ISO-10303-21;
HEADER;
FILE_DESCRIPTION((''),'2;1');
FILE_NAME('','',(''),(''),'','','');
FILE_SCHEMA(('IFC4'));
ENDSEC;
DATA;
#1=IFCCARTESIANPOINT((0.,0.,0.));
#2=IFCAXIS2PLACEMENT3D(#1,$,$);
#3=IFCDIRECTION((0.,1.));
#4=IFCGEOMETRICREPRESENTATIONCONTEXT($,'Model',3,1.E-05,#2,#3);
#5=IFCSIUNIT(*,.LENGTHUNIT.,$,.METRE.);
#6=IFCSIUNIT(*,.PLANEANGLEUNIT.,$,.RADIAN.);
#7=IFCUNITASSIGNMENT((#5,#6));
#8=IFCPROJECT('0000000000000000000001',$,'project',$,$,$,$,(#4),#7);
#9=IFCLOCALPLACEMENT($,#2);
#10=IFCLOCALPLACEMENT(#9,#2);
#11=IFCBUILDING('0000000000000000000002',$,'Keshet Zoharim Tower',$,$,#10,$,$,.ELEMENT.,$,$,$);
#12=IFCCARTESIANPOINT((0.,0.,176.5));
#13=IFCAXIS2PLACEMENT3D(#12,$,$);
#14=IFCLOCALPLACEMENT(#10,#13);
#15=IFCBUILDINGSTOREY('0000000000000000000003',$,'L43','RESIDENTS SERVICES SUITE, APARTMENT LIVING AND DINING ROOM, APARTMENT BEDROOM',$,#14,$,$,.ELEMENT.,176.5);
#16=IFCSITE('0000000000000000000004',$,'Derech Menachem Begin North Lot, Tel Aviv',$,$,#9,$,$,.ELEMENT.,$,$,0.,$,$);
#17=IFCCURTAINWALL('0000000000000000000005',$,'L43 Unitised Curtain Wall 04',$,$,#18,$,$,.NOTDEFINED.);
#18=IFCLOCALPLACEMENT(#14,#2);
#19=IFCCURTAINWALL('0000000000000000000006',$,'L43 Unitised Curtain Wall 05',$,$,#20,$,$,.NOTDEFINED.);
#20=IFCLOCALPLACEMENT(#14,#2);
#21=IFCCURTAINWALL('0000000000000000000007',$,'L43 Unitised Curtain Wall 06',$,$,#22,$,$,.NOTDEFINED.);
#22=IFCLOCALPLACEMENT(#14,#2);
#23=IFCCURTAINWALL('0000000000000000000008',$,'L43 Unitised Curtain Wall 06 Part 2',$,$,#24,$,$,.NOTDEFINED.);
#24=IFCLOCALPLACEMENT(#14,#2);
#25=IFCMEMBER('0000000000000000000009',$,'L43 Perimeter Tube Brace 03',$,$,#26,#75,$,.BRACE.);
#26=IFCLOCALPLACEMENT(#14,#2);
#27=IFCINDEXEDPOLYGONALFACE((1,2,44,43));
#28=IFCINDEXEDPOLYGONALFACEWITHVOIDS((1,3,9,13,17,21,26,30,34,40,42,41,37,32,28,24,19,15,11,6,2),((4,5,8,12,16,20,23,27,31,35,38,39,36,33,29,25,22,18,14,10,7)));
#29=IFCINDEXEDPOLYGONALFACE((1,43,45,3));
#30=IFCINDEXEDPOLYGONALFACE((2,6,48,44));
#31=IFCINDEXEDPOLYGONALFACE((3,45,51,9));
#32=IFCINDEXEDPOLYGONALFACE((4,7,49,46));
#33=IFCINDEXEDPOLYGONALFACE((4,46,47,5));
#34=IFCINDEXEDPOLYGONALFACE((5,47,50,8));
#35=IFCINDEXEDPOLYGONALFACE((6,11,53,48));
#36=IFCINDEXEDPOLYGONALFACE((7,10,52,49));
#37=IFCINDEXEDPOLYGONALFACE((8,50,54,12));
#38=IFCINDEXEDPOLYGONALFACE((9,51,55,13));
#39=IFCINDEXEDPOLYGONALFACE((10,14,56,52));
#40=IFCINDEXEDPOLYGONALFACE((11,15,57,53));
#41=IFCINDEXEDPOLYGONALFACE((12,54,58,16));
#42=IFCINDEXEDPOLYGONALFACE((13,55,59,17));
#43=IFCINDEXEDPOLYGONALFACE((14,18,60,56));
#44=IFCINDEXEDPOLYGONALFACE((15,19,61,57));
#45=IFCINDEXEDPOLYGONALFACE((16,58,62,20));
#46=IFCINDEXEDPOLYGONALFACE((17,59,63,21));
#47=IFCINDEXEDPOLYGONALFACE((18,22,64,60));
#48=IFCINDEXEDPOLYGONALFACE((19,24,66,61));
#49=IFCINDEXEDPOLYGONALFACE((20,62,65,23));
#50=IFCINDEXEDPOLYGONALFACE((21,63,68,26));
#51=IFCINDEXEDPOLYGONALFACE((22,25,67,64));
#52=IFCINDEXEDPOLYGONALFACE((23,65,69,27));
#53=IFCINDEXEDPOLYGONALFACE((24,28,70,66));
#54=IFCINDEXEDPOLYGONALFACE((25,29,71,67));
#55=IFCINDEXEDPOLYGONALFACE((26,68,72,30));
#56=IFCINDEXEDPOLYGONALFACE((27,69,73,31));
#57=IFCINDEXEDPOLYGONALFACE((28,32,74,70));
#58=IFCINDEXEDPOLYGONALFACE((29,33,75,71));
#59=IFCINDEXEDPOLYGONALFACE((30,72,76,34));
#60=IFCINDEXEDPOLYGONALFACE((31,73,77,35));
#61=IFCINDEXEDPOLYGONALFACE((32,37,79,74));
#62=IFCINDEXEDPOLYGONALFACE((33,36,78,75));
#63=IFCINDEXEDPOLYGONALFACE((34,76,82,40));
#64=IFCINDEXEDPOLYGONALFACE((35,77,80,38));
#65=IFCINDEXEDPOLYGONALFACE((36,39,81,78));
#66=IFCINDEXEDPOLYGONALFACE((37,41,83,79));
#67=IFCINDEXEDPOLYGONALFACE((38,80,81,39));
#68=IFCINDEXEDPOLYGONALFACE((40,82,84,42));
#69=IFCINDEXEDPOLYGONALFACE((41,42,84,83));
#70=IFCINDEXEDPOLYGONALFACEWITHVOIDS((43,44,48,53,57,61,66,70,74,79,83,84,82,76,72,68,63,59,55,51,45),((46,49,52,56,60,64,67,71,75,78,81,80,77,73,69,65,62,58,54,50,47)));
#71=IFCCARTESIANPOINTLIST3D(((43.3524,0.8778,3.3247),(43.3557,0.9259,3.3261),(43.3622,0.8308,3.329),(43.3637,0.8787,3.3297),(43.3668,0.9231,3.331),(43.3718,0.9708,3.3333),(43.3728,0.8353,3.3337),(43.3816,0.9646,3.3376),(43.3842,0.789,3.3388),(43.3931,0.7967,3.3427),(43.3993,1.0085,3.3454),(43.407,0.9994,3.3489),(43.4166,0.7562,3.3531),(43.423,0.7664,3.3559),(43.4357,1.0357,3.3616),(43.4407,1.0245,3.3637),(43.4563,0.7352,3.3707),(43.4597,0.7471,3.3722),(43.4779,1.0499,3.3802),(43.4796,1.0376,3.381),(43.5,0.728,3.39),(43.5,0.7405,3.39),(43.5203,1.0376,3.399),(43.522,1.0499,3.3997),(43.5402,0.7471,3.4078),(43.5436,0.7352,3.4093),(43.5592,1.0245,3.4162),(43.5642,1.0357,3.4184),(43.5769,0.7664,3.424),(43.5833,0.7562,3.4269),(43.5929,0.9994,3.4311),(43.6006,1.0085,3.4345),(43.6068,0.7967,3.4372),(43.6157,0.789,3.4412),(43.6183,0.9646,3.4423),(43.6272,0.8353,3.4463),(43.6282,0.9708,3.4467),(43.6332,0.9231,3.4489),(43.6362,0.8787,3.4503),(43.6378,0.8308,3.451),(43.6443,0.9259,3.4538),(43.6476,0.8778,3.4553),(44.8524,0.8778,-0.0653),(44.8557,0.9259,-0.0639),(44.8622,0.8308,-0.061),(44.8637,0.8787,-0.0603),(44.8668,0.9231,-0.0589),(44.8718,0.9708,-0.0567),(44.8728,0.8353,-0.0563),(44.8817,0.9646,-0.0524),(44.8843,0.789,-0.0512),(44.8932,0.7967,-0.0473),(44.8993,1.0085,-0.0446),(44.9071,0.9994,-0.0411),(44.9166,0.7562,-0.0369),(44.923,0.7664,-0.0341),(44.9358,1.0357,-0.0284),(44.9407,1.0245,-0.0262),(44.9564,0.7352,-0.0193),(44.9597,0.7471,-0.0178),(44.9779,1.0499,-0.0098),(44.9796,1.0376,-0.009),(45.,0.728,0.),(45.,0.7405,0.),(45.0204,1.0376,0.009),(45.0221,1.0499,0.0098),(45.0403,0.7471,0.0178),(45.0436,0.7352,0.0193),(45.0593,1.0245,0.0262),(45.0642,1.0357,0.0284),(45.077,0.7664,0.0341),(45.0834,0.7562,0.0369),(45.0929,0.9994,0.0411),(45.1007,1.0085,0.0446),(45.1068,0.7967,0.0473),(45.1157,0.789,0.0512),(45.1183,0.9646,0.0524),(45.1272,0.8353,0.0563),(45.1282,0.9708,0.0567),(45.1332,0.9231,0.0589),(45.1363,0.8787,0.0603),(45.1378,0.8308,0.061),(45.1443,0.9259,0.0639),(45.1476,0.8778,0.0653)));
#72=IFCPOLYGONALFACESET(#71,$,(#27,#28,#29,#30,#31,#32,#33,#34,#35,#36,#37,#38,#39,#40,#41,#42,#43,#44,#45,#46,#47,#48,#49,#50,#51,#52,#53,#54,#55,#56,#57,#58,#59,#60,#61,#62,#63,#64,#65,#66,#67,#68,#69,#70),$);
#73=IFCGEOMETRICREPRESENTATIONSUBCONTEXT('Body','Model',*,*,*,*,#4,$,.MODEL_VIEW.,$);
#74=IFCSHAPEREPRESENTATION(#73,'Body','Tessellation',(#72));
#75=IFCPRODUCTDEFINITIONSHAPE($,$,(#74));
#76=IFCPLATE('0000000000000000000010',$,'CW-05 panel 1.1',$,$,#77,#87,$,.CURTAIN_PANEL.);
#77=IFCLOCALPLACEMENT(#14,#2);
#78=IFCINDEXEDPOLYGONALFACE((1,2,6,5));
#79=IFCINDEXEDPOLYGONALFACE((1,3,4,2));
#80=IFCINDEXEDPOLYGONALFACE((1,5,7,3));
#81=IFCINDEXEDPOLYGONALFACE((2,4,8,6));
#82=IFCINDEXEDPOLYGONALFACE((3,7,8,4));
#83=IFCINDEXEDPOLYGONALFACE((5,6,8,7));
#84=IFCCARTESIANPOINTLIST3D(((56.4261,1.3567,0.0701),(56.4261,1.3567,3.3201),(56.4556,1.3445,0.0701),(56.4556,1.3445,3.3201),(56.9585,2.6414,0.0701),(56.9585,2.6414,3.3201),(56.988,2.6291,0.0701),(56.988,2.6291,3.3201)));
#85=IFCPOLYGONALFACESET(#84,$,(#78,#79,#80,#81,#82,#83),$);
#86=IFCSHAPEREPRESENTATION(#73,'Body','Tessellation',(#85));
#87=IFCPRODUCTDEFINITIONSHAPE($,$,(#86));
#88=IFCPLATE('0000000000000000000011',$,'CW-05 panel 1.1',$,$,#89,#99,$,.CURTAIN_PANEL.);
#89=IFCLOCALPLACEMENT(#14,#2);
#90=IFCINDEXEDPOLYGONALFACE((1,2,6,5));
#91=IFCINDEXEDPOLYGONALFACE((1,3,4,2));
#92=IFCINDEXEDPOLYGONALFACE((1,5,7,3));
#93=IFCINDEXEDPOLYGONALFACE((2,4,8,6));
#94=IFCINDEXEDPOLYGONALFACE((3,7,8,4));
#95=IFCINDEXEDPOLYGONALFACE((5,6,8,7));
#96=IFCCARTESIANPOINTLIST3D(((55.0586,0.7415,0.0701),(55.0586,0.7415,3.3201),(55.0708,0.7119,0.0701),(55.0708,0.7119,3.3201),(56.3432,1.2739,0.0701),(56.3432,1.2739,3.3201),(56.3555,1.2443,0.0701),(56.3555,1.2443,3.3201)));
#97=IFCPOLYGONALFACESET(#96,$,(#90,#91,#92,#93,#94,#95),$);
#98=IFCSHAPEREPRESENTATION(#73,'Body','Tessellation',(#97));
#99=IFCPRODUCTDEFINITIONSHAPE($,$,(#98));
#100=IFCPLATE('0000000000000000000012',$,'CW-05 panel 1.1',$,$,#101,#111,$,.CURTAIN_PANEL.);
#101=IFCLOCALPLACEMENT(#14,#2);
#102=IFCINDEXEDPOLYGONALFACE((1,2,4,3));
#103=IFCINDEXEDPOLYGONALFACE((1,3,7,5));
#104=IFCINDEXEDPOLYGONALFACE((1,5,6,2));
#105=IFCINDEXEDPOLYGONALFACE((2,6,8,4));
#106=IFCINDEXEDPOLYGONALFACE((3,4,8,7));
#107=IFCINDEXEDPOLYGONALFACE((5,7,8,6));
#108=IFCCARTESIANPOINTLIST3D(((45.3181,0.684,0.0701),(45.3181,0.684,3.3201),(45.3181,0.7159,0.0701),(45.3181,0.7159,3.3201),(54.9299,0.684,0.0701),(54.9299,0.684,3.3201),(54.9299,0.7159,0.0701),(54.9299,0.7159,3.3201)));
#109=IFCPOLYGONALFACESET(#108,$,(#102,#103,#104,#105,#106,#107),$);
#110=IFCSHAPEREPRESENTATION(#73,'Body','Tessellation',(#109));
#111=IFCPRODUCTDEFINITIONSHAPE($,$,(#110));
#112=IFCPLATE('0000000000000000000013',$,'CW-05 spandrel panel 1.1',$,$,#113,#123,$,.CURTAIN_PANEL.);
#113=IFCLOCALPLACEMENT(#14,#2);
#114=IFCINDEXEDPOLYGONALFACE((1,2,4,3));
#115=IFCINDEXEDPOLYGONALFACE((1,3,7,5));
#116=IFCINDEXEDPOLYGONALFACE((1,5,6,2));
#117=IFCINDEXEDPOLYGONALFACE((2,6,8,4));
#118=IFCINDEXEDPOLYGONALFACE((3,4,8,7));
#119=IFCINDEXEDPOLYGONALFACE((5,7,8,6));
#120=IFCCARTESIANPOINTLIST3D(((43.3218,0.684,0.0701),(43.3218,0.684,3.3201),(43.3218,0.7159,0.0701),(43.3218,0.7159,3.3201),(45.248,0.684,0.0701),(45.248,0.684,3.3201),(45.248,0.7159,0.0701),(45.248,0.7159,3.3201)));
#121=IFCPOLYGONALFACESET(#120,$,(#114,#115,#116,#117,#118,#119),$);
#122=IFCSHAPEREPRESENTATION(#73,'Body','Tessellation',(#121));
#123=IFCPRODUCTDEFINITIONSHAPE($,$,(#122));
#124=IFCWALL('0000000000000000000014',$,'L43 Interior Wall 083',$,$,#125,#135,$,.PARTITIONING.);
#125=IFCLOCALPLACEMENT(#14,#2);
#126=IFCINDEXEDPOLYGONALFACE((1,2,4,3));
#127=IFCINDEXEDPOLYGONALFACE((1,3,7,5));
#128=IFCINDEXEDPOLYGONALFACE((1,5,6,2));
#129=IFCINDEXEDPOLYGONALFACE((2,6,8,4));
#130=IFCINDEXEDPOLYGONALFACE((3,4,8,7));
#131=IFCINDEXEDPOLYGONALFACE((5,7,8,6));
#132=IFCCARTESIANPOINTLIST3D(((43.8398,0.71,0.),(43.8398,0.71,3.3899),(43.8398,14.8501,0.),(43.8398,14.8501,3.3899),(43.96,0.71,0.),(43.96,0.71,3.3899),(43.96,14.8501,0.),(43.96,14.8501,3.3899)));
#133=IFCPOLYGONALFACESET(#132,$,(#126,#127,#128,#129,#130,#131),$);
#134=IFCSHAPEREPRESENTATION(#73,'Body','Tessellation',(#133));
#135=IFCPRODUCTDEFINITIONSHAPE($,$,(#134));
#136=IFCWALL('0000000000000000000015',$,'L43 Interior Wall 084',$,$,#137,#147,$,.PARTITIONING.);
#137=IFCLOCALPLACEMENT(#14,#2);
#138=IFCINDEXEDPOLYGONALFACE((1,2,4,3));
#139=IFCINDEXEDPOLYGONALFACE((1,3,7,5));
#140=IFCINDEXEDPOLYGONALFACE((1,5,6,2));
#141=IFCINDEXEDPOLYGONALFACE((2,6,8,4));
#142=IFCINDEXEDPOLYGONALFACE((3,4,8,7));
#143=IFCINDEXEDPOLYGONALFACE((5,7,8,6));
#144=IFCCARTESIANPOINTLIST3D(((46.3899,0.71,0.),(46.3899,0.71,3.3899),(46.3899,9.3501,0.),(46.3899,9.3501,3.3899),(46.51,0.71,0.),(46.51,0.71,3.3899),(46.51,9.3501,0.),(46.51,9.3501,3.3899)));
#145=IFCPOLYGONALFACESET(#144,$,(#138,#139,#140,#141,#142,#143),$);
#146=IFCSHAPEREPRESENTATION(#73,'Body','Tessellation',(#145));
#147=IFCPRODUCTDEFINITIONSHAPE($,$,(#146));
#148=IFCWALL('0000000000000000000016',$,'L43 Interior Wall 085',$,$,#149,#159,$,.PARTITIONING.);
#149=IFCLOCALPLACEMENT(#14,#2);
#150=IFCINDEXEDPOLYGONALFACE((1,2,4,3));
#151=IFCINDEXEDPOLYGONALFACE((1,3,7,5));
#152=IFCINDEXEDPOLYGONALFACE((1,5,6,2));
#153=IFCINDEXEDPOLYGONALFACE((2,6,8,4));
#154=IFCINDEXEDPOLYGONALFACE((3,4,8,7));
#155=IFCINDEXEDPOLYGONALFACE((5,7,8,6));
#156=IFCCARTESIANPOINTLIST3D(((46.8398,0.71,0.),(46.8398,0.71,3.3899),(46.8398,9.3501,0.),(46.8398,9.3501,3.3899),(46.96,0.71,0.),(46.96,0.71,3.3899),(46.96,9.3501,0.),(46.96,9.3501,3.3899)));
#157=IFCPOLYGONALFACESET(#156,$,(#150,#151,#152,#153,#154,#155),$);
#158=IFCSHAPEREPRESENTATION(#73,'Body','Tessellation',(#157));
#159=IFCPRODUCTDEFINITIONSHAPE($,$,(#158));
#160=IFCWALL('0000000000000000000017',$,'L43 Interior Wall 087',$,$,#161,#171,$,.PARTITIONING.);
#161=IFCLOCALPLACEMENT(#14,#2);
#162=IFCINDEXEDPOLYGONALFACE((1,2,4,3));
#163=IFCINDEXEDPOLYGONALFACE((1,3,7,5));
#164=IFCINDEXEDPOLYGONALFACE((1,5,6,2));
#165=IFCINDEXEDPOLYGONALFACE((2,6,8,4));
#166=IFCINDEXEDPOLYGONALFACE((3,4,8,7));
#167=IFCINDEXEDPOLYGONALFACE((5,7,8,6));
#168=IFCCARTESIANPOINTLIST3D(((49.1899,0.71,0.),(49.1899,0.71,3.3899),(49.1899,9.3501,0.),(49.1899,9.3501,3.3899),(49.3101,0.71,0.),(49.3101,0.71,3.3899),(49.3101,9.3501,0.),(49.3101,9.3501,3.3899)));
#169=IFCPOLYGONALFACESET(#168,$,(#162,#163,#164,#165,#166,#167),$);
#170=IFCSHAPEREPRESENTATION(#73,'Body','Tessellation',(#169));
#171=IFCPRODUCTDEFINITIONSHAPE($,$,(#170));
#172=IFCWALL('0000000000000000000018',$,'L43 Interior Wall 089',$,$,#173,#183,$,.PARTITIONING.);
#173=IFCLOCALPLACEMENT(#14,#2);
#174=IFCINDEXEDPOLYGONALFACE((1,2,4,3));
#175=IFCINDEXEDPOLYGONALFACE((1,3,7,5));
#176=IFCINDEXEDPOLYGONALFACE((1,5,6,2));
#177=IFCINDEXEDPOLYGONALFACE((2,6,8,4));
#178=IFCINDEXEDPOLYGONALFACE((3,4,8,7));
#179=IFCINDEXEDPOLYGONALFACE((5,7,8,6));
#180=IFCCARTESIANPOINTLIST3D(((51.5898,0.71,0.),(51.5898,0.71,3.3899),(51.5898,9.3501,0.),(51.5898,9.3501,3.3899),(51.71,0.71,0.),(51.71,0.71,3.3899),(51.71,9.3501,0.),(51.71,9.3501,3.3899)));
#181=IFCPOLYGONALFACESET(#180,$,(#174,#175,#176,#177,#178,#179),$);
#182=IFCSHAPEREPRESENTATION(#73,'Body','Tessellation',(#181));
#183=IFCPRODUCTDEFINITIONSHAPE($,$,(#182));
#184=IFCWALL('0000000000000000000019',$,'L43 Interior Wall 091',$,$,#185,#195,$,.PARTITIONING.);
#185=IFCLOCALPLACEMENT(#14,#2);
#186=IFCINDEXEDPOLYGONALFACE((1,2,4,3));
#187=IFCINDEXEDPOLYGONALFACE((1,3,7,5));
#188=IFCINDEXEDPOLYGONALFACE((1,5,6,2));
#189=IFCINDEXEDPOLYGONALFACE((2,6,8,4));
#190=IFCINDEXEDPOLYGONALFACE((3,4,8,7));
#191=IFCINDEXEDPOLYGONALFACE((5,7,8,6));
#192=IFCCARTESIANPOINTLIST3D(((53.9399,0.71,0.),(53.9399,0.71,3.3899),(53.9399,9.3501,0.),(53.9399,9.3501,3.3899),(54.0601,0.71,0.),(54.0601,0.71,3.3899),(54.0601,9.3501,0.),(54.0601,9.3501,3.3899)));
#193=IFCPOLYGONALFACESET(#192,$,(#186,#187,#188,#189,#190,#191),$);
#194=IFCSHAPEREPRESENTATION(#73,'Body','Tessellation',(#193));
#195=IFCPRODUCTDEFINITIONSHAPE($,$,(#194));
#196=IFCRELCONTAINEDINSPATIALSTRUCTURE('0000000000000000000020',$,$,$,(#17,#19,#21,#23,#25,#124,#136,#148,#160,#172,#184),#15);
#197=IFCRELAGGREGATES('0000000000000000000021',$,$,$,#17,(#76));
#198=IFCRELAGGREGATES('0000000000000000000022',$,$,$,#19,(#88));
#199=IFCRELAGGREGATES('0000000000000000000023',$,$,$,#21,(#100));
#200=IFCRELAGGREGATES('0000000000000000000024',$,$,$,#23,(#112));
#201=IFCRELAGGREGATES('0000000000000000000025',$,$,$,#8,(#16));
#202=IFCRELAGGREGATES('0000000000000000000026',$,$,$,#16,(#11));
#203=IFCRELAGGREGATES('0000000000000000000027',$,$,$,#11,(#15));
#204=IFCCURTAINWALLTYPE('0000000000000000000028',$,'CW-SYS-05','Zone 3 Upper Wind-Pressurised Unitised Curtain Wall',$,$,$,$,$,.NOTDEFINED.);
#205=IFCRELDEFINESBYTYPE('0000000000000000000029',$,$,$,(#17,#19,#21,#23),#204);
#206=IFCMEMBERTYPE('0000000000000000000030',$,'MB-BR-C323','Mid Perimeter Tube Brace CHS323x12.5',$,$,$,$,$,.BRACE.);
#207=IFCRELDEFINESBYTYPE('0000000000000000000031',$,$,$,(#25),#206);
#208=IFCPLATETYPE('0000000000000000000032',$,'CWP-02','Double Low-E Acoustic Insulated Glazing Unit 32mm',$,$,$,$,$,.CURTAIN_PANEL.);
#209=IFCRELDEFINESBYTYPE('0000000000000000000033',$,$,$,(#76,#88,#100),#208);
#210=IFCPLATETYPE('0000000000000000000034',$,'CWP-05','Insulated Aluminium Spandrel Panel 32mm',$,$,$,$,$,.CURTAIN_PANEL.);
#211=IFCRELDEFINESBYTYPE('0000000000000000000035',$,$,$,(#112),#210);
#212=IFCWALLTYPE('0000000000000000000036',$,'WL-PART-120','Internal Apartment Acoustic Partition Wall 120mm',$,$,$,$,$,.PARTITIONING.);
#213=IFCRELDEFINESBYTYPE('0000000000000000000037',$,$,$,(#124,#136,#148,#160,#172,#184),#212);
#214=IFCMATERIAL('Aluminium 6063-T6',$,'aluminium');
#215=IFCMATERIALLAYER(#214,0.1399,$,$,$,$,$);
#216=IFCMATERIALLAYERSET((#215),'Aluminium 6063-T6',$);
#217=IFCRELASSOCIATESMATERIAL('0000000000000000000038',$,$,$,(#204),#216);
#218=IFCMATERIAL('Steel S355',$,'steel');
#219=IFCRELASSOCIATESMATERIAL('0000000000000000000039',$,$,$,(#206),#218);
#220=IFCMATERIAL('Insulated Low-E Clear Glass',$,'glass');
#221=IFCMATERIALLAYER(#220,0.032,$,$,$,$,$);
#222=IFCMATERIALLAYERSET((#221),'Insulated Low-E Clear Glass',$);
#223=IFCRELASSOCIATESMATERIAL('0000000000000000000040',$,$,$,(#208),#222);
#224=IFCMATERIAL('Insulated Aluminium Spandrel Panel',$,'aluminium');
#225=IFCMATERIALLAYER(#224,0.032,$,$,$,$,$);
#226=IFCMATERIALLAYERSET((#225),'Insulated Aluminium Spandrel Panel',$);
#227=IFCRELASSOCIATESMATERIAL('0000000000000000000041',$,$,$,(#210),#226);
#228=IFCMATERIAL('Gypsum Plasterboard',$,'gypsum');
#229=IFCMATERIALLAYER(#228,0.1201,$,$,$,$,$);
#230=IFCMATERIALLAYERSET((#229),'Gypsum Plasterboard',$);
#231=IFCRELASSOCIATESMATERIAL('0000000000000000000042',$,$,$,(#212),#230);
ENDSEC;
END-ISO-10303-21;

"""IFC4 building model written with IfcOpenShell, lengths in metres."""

from ifc_helpers import new_model, si_unit, direction, frame, frame_2d, origin, origin_2d, place, context, subcontext, project, spatial, rectangle, hollow_circle, extrude, material, layer, layer_set, material_profile, profile_set, type_object, element, aggregate, save


model = new_model("IFC4")

# Units and contexts
model_context = context("Model", 3, precision=1e-05, world=origin(), true_north=direction((0.0, 1.0)))
body_context = subcontext(model_context, "Body", "Model", "MODEL_VIEW")
ifc_project = project(units=[si_unit("LENGTHUNIT", "METRE"), si_unit("PLANEANGLEUNIT", "RADIAN")], contexts=[model_context])

# Site, building, storey
site_placement = place(None, origin())
site = spatial("IfcSite", under=ifc_project, at=site_placement, Name="Derech Menachem Begin North Lot, Tel Aviv", CompositionType="ELEMENT", RefElevation=0.0)
building_placement = place(site_placement, origin())
building = spatial("IfcBuilding", under=site, at=building_placement, Name="Keshet Zoharim Tower", CompositionType="ELEMENT")
storey_placement = place(building_placement, frame((0.0, 0.0, 176.5)))
storey = spatial("IfcBuildingStorey", under=building, at=storey_placement, Name="L43", Description="RESIDENTS SERVICES SUITE, APARTMENT LIVING AND DINING ROOM, APARTMENT BEDROOM", CompositionType="ELEMENT", Elevation=176.5)

# Shared definitions
ifc_material_1 = material(Name="Steel S355", Category="steel")

# Curtain wall
ifc_material_2 = material(Name="Aluminium 6063-T6", Category="aluminium")
ifc_layer_1 = layer(ifc_material_2, 0.1399)
ifc_layer_set_1 = layer_set([ifc_layer_1], Name="Aluminium 6063-T6")
curtain_wall_type = type_object("IfcCurtainWallType", Name="CW-SYS-05", Description="Zone 3 Upper Wind-Pressurised Unitised Curtain Wall", PredefinedType="NOTDEFINED", material=ifc_layer_set_1)
curtain_wall_1_placement = place(storey_placement, origin())
curtain_wall_1 = element("IfcCurtainWall", 1, at=curtain_wall_1_placement, inside=storey, type_object=curtain_wall_type, Name="L43 Unitised Curtain Wall 04", PredefinedType="NOTDEFINED")

# Curtain walls
curtain_wall_2_placement = place(storey_placement, origin())
curtain_wall_2 = element("IfcCurtainWall", 2, at=curtain_wall_2_placement, inside=storey, type_object=curtain_wall_type, Name="L43 Unitised Curtain Wall 05", PredefinedType="NOTDEFINED")
curtain_wall_3_placement = place(storey_placement, origin())
curtain_wall_3 = element("IfcCurtainWall", 3, at=curtain_wall_3_placement, inside=storey, type_object=curtain_wall_type, Name="L43 Unitised Curtain Wall 06", PredefinedType="NOTDEFINED")

# Curtain wall
curtain_wall_4_placement = place(storey_placement, origin())
curtain_wall_4 = element("IfcCurtainWall", 4, at=curtain_wall_4_placement, inside=storey, type_object=curtain_wall_type, Name="L43 Unitised Curtain Wall 06 Part 2", PredefinedType="NOTDEFINED")

# Member
ifc_material_profile_1 = material_profile(ifc_material_1, hollow_circle(Radius=0.1619, WallThickness=0.0125, at=origin_2d()), Name="CHS323x12.5")
ifc_profile_set_1 = profile_set([ifc_material_profile_1], Name="Steel S355")
member_type_1 = type_object("IfcMemberType", Name="MB-BR-C323", Description="Mid Perimeter Tube Brace CHS323x12.5", PredefinedType="BRACE", material=ifc_profile_set_1)
member_1_placement = place(storey_placement, frame((45.0, 0.8899, 0.0), z_axis=(-0.404647, 0.0, 0.914473), x_axis=(0.0, -1.0, 0.0)))
element("IfcMember", 5, at=member_1_placement, inside=storey, type_object=member_type_1, Name="L43 Perimeter Tube Brace 03", PredefinedType="BRACE", context=body_context, shape_type="SweptSolid", body=[
    extrude(hollow_circle(Radius=0.1619, WallThickness=0.0125, at=origin_2d()), origin(), (0.0, 0.0, 1.0), 3.707),
])

# Plates
ifc_material_3 = material(Name="Insulated Low-E Clear Glass", Category="glass")
ifc_layer_2 = layer(ifc_material_3, 0.032)
ifc_layer_set_2 = layer_set([ifc_layer_2], Name="Insulated Low-E Clear Glass")
plate_type_1 = type_object("IfcPlateType", Name="CWP-02", Description="Double Low-E Acoustic Insulated Glazing Unit 32mm", PredefinedType="CURTAIN_PANEL", material=ifc_layer_set_2)
plate_1_placement = place(storey_placement, frame((56.707, 1.9929, 0.0701), z_axis=(0.0, 0.0, 1.0), x_axis=(-0.382852, -0.92381, 0.0)))
plate_1 = element("IfcPlate", 6, at=plate_1_placement, type_object=plate_type_1, Name="CW-05 panel 1.1", PredefinedType="CURTAIN_PANEL", context=body_context, shape_type="SweptSolid", body=[
    extrude(rectangle(XDim=1.3906, YDim=0.032, at=origin_2d()), origin(), (0.0, 0.0, 1.0), 3.25),
])
aggregate(curtain_wall_1, [plate_1])
plate_2_placement = place(storey_placement, frame((55.707, 0.9929, 0.0701), z_axis=(0.0, 0.0, 1.0), x_axis=(-0.92381, -0.382852, 0.0)))
plate_2 = element("IfcPlate", 7, at=plate_2_placement, type_object=plate_type_1, Name="CW-05 panel 1.1", PredefinedType="CURTAIN_PANEL", context=body_context, shape_type="SweptSolid", body=[
    extrude(rectangle(XDim=1.3906, YDim=0.032, at=origin_2d()), origin(), (0.0, 0.0, 1.0), 3.25),
])
aggregate(curtain_wall_2, [plate_2])
plate_3_placement = place(storey_placement, frame((50.124, 0.7, 0.0701), z_axis=(0.0, 0.0, 1.0), x_axis=(-1.0, 0.0, 0.0)))
plate_3 = element("IfcPlate", 8, at=plate_3_placement, type_object=plate_type_1, Name="CW-05 panel 1.1", PredefinedType="CURTAIN_PANEL", context=body_context, shape_type="SweptSolid", body=[
    extrude(rectangle(XDim=9.6118, YDim=0.032, at=origin_2d()), origin(), (0.0, 0.0, 1.0), 3.25),
])
aggregate(curtain_wall_3, [plate_3])
ifc_material_4 = material(Name="Insulated Aluminium Spandrel Panel", Category="aluminium")
ifc_layer_3 = layer(ifc_material_4, 0.032)
ifc_layer_set_3 = layer_set([ifc_layer_3], Name="Insulated Aluminium Spandrel Panel")
plate_type_2 = type_object("IfcPlateType", Name="CWP-05", Description="Insulated Aluminium Spandrel Panel 32mm", PredefinedType="CURTAIN_PANEL", material=ifc_layer_set_3)
plate_4_placement = place(storey_placement, frame((44.2849, 0.7, 0.0701), z_axis=(0.0, 0.0, 1.0), x_axis=(-1.0, 0.0, 0.0)))
plate_4 = element("IfcPlate", 9, at=plate_4_placement, type_object=plate_type_2, Name="CW-05 spandrel panel 1.1", PredefinedType="CURTAIN_PANEL", context=body_context, shape_type="SweptSolid", body=[
    extrude(rectangle(XDim=1.9263, YDim=0.032, at=origin_2d()), origin(), (0.0, 0.0, 1.0), 3.25),
])
aggregate(curtain_wall_4, [plate_4])

# Walls
ifc_material_5 = material(Name="Gypsum Plasterboard", Category="gypsum")
ifc_layer_4 = layer(ifc_material_5, 0.1201)
ifc_layer_set_4 = layer_set([ifc_layer_4], Name="Gypsum Plasterboard")
wall_type = type_object("IfcWallType", Name="WL-PART-120", Description="Internal Apartment Acoustic Partition Wall 120mm", PredefinedType="PARTITIONING", material=ifc_layer_set_4)
wall_placement = place(storey_placement, frame((43.8999, 0.71, 0.0), z_axis=(0.0, 0.0, 1.0), x_axis=(0.0, 1.0, 0.0)))
element("IfcWall", 10, at=wall_placement, inside=storey, type_object=wall_type, Name="L43 Interior Wall 083", PredefinedType="PARTITIONING", context=body_context, shape_type="SweptSolid", body=[
    extrude(rectangle(XDim=14.1401, YDim=0.1201, at=frame_2d((7.0701, 0.0))), origin(), (0.0, 0.0, 1.0), 3.3899),
])
for number, where, z_axis, x_axis, name in (
    (11, (46.45, 0.71, 0.0), (0.0, 0.0, 1.0), (0.0, 1.0, 0.0), "L43 Interior Wall 084"),
    (12, (46.8999, 0.71, 0.0), (0.0, 0.0, 1.0), (0.0, 1.0, 0.0), "L43 Interior Wall 085"),
    (13, (49.25, 0.71, 0.0), (0.0, 0.0, 1.0), (0.0, 1.0, 0.0), "L43 Interior Wall 087"),
    (14, (51.6499, 0.71, 0.0), (0.0, 0.0, 1.0), (0.0, 1.0, 0.0), "L43 Interior Wall 089"),
    (15, (54.0, 0.71, 0.0), (0.0, 0.0, 1.0), (0.0, 1.0, 0.0), "L43 Interior Wall 091"),
):
    element("IfcWall", number, at=place(storey_placement, frame(where, z_axis=z_axis, x_axis=x_axis)), inside=storey, type_object=wall_type, Name=name, PredefinedType="PARTITIONING", context=body_context, shape_type="SweptSolid", body=[
        extrude(rectangle(XDim=8.6401, YDim=0.1201, at=frame_2d((4.3201, 0.0))), origin(), (0.0, 0.0, 1.0), 3.3899),
    ])

save(model, "model.ifc")
